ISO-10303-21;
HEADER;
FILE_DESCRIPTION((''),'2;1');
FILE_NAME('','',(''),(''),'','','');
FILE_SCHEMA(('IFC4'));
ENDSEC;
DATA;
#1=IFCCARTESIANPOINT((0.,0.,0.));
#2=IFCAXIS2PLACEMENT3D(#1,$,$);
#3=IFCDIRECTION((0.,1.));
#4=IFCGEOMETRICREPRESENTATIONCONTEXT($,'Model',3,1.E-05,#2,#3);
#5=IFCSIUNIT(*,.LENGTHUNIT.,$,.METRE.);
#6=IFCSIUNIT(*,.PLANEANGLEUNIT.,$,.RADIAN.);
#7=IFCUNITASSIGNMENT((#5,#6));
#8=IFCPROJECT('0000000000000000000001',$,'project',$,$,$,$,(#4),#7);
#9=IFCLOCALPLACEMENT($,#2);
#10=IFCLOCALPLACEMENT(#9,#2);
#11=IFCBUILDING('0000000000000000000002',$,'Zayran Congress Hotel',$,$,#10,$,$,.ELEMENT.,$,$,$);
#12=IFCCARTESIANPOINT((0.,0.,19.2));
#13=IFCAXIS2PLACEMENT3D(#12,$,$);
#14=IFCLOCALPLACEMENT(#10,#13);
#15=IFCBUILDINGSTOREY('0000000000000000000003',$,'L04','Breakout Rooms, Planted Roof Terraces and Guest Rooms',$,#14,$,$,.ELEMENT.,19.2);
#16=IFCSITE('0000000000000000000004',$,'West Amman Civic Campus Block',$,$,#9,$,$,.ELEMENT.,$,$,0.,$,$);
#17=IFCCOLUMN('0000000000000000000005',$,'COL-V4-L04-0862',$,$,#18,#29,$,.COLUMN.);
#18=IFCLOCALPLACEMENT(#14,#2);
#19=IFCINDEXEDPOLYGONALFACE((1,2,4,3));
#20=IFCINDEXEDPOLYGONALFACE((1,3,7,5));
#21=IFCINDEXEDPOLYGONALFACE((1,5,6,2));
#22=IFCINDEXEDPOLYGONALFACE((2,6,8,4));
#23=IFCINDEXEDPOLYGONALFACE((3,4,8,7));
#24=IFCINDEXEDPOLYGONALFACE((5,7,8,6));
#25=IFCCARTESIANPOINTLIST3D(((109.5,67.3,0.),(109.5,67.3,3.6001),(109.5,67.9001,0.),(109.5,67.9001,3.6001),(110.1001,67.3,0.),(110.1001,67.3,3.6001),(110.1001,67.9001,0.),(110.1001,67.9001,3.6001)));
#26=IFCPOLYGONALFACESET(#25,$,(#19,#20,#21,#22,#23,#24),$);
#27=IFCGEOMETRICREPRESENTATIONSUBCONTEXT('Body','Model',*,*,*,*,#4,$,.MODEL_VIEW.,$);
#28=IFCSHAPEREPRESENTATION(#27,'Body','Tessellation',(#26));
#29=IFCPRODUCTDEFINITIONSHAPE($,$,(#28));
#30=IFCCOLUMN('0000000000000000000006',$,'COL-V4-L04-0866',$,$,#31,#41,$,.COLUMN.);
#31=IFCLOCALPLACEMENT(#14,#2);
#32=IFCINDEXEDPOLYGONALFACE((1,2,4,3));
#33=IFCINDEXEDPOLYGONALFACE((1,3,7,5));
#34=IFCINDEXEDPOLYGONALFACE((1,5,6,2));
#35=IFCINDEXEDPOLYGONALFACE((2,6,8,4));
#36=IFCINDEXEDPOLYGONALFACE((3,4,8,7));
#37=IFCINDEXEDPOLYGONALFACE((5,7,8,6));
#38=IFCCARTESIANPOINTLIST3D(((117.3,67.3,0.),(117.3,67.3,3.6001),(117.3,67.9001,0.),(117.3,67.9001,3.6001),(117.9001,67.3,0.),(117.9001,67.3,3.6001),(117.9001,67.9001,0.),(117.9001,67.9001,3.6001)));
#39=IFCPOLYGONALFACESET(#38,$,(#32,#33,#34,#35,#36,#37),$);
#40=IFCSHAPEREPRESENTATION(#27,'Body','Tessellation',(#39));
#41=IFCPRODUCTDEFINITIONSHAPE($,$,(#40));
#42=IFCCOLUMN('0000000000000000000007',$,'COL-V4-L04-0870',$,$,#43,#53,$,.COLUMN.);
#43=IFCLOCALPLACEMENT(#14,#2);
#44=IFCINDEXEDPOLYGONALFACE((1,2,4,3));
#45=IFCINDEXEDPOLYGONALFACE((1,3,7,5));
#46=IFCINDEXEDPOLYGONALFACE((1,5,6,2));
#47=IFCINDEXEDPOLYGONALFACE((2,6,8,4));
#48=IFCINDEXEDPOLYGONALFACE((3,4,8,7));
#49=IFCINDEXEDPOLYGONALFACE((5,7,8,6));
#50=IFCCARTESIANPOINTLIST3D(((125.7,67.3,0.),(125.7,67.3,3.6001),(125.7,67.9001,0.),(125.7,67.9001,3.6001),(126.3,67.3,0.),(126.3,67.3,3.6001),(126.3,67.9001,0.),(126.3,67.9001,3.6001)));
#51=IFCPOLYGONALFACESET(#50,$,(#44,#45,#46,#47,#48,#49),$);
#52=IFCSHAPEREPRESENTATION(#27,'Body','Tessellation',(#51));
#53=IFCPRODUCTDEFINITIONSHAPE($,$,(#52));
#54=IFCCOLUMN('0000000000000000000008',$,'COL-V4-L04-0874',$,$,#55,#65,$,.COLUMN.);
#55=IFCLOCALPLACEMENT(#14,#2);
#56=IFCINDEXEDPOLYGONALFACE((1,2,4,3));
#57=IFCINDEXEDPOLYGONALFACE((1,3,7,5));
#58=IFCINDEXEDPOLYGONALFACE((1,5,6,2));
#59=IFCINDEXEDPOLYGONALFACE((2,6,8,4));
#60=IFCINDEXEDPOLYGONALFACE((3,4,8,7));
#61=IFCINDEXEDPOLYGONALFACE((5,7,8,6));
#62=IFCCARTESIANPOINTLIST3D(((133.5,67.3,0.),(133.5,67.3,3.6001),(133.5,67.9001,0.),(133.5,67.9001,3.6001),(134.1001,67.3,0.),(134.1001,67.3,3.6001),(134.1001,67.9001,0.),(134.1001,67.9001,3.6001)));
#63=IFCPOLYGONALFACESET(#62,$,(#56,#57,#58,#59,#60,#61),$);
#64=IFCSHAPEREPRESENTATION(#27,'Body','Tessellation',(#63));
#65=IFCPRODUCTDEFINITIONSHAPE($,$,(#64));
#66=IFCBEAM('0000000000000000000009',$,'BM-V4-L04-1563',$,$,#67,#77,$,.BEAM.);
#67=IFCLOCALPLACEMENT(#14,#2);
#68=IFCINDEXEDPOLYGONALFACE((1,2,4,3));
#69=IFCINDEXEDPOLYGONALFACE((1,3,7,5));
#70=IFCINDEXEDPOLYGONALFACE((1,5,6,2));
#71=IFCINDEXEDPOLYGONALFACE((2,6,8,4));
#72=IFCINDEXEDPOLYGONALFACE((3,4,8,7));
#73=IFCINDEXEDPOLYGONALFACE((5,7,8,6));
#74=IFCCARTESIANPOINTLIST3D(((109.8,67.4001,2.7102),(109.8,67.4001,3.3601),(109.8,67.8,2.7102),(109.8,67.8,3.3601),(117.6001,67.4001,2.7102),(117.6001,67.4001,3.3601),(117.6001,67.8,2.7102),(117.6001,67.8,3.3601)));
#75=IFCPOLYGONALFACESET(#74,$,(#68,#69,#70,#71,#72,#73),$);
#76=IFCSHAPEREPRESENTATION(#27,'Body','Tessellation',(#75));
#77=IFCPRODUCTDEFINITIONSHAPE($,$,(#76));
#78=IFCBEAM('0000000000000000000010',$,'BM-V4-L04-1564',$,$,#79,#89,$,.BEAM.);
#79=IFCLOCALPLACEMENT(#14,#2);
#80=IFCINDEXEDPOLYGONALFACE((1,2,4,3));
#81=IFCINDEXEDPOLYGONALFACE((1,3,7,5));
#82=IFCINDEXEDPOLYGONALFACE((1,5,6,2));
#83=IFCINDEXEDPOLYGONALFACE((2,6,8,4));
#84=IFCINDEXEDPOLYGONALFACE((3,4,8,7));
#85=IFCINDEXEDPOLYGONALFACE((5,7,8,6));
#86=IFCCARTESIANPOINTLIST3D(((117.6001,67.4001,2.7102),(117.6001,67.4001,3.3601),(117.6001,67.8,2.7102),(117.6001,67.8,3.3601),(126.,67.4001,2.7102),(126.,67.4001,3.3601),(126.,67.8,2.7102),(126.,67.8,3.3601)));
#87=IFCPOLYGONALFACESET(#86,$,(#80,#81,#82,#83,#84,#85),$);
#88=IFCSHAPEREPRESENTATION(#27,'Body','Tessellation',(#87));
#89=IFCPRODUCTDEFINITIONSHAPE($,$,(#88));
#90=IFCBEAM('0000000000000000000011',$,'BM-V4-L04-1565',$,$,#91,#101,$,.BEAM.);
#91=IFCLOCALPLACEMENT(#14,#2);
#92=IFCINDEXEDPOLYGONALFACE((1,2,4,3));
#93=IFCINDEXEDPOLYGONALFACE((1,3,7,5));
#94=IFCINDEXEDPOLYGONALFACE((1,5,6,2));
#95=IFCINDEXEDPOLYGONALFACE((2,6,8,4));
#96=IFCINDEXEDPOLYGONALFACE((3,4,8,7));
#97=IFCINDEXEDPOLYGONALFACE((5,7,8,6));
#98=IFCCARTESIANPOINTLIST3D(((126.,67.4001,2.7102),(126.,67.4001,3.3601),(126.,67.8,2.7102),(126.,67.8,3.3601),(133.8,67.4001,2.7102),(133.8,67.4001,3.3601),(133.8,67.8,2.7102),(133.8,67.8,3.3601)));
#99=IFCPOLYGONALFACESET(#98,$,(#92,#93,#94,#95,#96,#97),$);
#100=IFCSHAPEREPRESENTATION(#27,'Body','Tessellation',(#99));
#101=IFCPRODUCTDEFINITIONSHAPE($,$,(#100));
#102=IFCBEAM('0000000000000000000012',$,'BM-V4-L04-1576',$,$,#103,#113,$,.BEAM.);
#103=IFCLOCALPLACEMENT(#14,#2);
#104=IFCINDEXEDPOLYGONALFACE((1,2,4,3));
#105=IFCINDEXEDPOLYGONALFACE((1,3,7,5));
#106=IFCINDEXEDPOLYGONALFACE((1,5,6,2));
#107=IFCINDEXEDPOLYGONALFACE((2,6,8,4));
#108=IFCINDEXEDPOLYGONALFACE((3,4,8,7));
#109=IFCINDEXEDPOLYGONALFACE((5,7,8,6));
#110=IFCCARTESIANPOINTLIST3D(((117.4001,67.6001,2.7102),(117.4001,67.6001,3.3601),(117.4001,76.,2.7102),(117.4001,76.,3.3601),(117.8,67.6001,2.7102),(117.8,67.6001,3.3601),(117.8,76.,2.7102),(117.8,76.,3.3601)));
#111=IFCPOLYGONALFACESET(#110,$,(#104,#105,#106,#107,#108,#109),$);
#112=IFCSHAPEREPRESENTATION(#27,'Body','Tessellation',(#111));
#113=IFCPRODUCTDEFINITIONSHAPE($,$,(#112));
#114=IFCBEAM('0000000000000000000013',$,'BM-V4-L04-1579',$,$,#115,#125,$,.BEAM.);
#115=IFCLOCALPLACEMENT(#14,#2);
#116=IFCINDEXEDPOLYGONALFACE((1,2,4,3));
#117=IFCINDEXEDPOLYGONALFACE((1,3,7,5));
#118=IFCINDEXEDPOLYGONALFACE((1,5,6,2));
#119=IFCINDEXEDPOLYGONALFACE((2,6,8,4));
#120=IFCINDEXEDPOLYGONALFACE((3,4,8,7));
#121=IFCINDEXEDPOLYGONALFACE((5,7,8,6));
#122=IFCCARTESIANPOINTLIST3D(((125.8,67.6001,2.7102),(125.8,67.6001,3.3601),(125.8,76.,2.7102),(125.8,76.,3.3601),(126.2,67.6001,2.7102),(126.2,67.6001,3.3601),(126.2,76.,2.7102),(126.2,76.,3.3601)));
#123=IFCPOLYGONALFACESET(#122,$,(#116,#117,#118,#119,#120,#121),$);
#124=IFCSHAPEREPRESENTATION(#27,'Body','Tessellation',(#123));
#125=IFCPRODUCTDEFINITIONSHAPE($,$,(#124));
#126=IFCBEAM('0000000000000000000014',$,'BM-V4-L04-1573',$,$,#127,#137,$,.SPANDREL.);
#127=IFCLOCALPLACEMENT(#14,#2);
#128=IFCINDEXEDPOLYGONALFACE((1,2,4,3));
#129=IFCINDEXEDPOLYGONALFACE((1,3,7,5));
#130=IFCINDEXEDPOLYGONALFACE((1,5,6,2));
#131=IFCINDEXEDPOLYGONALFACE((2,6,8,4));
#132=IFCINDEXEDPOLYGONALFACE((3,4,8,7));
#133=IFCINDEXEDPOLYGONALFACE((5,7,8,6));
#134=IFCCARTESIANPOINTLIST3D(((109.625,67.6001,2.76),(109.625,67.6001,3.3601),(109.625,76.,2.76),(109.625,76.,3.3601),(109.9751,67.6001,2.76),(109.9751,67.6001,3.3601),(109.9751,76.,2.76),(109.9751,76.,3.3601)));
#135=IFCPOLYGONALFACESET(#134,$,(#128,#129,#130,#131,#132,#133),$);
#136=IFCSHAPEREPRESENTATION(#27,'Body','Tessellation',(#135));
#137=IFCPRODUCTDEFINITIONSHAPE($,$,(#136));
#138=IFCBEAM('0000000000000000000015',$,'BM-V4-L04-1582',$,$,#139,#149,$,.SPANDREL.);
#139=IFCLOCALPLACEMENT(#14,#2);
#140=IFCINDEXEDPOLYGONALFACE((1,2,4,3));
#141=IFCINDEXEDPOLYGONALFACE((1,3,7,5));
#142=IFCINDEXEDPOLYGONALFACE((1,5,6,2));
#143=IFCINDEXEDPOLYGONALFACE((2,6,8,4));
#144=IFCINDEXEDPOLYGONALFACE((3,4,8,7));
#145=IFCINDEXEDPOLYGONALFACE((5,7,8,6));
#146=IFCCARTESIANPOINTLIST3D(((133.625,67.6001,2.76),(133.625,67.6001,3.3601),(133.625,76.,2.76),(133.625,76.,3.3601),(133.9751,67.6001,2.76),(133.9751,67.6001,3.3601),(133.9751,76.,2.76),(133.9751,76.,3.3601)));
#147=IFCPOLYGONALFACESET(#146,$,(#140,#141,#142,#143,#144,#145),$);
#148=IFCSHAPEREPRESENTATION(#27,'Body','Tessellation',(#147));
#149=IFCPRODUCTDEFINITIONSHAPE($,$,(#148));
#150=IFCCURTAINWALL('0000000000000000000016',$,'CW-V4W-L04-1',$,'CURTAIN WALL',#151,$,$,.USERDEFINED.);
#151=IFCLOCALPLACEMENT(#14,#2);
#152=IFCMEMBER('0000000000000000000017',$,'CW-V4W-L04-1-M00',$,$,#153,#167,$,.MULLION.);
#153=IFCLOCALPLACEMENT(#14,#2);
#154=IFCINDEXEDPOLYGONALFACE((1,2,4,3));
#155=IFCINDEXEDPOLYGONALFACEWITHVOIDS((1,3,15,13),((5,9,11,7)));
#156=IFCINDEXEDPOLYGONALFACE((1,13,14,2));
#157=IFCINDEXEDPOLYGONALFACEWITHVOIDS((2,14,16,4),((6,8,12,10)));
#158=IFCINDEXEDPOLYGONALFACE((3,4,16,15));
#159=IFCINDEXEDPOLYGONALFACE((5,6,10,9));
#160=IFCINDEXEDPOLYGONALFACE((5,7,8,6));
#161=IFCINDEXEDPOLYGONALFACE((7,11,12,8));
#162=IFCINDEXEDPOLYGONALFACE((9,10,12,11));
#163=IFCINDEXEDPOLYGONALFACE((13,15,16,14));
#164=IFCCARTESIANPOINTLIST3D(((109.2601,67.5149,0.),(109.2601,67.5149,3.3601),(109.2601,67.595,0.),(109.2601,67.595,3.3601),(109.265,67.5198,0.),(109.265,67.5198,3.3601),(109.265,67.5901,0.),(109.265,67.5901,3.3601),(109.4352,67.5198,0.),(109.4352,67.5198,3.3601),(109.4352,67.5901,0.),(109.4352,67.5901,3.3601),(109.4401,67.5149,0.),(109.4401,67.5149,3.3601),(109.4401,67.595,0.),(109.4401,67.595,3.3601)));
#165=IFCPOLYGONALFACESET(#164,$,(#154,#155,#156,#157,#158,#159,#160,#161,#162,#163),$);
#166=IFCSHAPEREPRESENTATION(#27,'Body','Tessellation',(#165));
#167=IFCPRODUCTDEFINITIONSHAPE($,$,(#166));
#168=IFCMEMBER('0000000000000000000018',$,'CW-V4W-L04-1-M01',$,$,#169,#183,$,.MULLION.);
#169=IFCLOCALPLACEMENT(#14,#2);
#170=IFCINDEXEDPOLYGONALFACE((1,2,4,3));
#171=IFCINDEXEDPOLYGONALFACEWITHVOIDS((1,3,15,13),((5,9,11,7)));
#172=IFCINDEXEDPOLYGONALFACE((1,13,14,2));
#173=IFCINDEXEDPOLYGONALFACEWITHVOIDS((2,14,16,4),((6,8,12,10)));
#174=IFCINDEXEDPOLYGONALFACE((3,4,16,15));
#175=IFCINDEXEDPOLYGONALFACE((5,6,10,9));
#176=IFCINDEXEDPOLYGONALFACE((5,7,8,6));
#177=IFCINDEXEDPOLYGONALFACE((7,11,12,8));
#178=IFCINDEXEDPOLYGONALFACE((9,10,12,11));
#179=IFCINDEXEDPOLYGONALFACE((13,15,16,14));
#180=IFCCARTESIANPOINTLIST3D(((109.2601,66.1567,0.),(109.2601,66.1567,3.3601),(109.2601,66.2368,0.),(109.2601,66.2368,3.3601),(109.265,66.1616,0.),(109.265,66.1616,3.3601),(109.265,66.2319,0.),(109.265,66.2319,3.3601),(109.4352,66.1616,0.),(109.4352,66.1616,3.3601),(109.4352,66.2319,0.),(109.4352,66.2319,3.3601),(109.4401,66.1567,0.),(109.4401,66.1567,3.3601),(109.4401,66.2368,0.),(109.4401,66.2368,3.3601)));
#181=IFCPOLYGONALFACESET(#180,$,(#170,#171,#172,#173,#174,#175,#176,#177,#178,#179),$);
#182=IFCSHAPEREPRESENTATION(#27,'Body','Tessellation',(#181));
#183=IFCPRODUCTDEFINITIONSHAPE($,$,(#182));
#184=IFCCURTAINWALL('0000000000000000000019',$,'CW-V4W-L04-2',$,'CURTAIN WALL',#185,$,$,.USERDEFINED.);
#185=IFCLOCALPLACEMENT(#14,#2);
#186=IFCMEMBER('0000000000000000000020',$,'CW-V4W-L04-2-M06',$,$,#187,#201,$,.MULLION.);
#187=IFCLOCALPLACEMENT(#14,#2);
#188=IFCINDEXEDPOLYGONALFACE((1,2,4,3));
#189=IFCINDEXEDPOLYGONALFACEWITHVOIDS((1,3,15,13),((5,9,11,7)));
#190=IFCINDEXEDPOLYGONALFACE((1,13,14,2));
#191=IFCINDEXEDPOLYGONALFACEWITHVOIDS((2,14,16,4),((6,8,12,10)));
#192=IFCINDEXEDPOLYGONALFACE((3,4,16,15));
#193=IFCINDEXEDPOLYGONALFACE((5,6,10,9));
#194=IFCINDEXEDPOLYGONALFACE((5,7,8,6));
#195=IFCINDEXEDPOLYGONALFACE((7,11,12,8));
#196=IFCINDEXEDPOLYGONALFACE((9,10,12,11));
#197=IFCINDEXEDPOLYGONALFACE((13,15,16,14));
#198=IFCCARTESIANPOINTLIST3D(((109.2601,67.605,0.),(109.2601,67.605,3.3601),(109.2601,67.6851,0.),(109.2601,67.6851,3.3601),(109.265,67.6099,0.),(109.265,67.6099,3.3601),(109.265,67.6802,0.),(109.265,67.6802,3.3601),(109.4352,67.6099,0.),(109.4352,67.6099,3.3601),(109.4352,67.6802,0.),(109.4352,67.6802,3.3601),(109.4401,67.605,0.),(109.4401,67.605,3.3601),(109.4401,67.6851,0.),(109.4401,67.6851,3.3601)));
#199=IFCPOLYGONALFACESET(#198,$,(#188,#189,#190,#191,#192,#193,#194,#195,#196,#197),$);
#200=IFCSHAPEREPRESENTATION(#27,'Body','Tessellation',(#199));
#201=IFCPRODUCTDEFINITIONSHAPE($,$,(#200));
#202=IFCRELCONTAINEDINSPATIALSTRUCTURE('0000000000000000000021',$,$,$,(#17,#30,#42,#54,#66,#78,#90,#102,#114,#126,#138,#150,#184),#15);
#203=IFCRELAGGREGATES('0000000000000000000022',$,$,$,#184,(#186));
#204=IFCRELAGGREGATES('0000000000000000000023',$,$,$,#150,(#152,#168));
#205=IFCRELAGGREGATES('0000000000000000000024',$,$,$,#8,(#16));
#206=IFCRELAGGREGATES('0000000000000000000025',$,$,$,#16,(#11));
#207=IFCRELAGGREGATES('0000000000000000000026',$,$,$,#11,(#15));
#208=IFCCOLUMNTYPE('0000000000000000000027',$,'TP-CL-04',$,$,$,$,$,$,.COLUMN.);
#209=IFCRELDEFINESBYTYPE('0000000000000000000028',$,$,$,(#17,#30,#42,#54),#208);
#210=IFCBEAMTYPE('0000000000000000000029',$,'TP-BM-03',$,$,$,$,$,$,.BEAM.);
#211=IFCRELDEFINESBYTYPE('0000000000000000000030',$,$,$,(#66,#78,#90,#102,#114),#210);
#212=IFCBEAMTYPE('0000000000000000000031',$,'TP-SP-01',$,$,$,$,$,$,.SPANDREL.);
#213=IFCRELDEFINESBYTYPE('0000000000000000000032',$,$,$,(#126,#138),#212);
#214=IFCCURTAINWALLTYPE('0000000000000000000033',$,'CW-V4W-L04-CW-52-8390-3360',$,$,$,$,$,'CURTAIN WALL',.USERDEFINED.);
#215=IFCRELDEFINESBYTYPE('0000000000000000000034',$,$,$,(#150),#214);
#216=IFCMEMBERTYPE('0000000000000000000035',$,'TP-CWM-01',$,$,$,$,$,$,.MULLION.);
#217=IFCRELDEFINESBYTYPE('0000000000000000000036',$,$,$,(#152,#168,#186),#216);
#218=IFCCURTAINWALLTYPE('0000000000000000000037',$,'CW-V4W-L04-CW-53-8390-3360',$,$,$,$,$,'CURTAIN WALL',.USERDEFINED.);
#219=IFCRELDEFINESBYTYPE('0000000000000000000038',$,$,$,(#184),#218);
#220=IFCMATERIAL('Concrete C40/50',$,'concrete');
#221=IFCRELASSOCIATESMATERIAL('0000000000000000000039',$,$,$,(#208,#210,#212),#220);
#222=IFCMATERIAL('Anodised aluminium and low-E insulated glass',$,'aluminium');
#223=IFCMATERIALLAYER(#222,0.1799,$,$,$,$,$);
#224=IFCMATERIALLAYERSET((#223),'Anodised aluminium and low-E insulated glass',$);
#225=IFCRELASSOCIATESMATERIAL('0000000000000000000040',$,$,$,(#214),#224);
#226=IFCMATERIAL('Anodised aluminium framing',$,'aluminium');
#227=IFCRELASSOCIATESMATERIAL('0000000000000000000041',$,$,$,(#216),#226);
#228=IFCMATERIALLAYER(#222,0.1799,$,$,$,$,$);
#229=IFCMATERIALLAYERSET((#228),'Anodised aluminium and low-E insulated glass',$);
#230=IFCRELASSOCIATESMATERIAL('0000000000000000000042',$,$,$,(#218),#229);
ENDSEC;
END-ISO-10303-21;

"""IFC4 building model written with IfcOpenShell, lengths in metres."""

from ifc_helpers import new_model, si_unit, direction, frame, origin, origin_2d, place, context, subcontext, project, spatial, rectangle, hollow_rectangle, extrude, material, layer, layer_set, material_profile, profile_set, type_object, element, aggregate, save


model = new_model("IFC4")

# Units and contexts
model_context = context("Model", 3, precision=1e-05, world=origin(), true_north=direction((0.0, 1.0)))
body_context = subcontext(model_context, "Body", "Model", "MODEL_VIEW")
ifc_project = project(units=[si_unit("LENGTHUNIT", "METRE"), si_unit("PLANEANGLEUNIT", "RADIAN")], contexts=[model_context])

# Site, building, storey
site_placement = place(None, origin())
site = spatial("IfcSite", under=ifc_project, at=site_placement, Name="West Amman Civic Campus Block", CompositionType="ELEMENT", RefElevation=0.0)
building_placement = place(site_placement, origin())
building = spatial("IfcBuilding", under=site, at=building_placement, Name="Zayran Congress Hotel", CompositionType="ELEMENT")
storey_placement = place(building_placement, frame((0.0, 0.0, 19.2)))
storey = spatial("IfcBuildingStorey", under=building, at=storey_placement, Name="L04", Description="Breakout Rooms, Planted Roof Terraces and Guest Rooms", CompositionType="ELEMENT", Elevation=19.2)

# Columns
ifc_material_1 = material(Name="Concrete C40/50", Category="concrete")
ifc_material_profile_1 = material_profile(ifc_material_1, rectangle(XDim=0.6001, YDim=0.6001, at=origin_2d()), Name="RC 600x600")
ifc_profile_set_1 = profile_set([ifc_material_profile_1], Name="Concrete C40/50")
column_type = type_object("IfcColumnType", Name="TP-CL-04", PredefinedType="COLUMN", material=ifc_profile_set_1)
for number, where, z_axis, x_axis, name in (
    (1, (109.8, 67.6001, 0.0), (0.0, 0.0, 1.0), (1.0, 0.0, 0.0), "COL-V4-L04-0862"),
    (2, (117.6001, 67.6001, 0.0), (0.0, 0.0, 1.0), (1.0, 0.0, 0.0), "COL-V4-L04-0866"),
    (3, (126.0, 67.6001, 0.0), (0.0, 0.0, 1.0), (1.0, 0.0, 0.0), "COL-V4-L04-0870"),
    (4, (133.8, 67.6001, 0.0), (0.0, 0.0, 1.0), (1.0, 0.0, 0.0), "COL-V4-L04-0874"),
):
    element("IfcColumn", number, at=place(storey_placement, frame(where, z_axis=z_axis, x_axis=x_axis)), inside=storey, type_object=column_type, Name=name, PredefinedType="COLUMN", context=body_context, shape_type="SweptSolid", body=[
        extrude(rectangle(XDim=0.6001, YDim=0.6001, at=origin_2d()), origin(), (0.0, 0.0, 1.0), 3.6001),
    ])

# Beams
ifc_material_profile_2 = material_profile(ifc_material_1, rectangle(XDim=0.3999, YDim=0.6499, at=origin_2d()), Name="RC 400x650")
ifc_profile_set_2 = profile_set([ifc_material_profile_2], Name="Concrete C40/50")
beam_type_1 = type_object("IfcBeamType", Name="TP-BM-03", PredefinedType="BEAM", material=ifc_profile_set_2)
beam_1_placement = place(storey_placement, frame((109.8, 67.6001, 3.0352), z_axis=(1.0, 0.0, 0.0), x_axis=(0.0, 1.0, 0.0)))
element("IfcBeam", 5, at=beam_1_placement, inside=storey, type_object=beam_type_1, Name="BM-V4-L04-1563", PredefinedType="BEAM", context=body_context, shape_type="SweptSolid", body=[
    extrude(rectangle(XDim=0.3999, YDim=0.6499, at=origin_2d()), origin(), (0.0, 0.0, 1.0), 7.8),
])
beam_2_placement = place(storey_placement, frame((117.6001, 67.6001, 3.0352), z_axis=(1.0, 0.0, 0.0), x_axis=(0.0, 1.0, 0.0)))
element("IfcBeam", 6, at=beam_2_placement, inside=storey, type_object=beam_type_1, Name="BM-V4-L04-1564", PredefinedType="BEAM", context=body_context, shape_type="SweptSolid", body=[
    extrude(rectangle(XDim=0.3999, YDim=0.6499, at=origin_2d()), origin(), (0.0, 0.0, 1.0), 8.3999),
])
beam_3_placement = place(storey_placement, frame((126.0, 67.6001, 3.0352), z_axis=(1.0, 0.0, 0.0), x_axis=(0.0, 1.0, 0.0)))
element("IfcBeam", 7, at=beam_3_placement, inside=storey, type_object=beam_type_1, Name="BM-V4-L04-1565", PredefinedType="BEAM", context=body_context, shape_type="SweptSolid", body=[
    extrude(rectangle(XDim=0.3999, YDim=0.6499, at=origin_2d()), origin(), (0.0, 0.0, 1.0), 7.8),
])
for number, where, z_axis, x_axis, name in (
    (8, (117.6001, 67.6001, 3.0352), (0.0, 1.0, 0.0), (-1.0, 0.0, 0.0), "BM-V4-L04-1576"),
    (9, (126.0, 67.6001, 3.0352), (0.0, 1.0, 0.0), (-1.0, 0.0, 0.0), "BM-V4-L04-1579"),
):
    element("IfcBeam", number, at=place(storey_placement, frame(where, z_axis=z_axis, x_axis=x_axis)), inside=storey, type_object=beam_type_1, Name=name, PredefinedType="BEAM", context=body_context, shape_type="SweptSolid", body=[
        extrude(rectangle(XDim=0.3999, YDim=0.6499, at=origin_2d()), origin(), (0.0, 0.0, 1.0), 8.3999),
    ])
ifc_material_profile_3 = material_profile(ifc_material_1, rectangle(XDim=0.3501, YDim=0.6001, at=origin_2d()), Name="RC 350x600")
ifc_profile_set_3 = profile_set([ifc_material_profile_3], Name="Concrete C40/50")
beam_type_2 = type_object("IfcBeamType", Name="TP-SP-01", PredefinedType="SPANDREL", material=ifc_profile_set_3)
for number, where, z_axis, x_axis, name in (
    (10, (109.8, 67.6001, 3.0601), (0.0, 1.0, 0.0), (-1.0, 0.0, 0.0), "BM-V4-L04-1573"),
    (11, (133.8, 67.6001, 3.0601), (0.0, 1.0, 0.0), (-1.0, 0.0, 0.0), "BM-V4-L04-1582"),
):
    element("IfcBeam", number, at=place(storey_placement, frame(where, z_axis=z_axis, x_axis=x_axis)), inside=storey, type_object=beam_type_2, Name=name, PredefinedType="SPANDREL", context=body_context, shape_type="SweptSolid", body=[
        extrude(rectangle(XDim=0.3501, YDim=0.6001, at=origin_2d()), origin(), (0.0, 0.0, 1.0), 8.3999),
    ])

# Curtain wall, members
ifc_material_2 = material(Name="Anodised aluminium and low-E insulated glass", Category="aluminium")
ifc_layer_1 = layer(ifc_material_2, 0.1799)
ifc_layer_set_1 = layer_set([ifc_layer_1], Name="Anodised aluminium and low-E insulated glass")
curtain_wall_type_1 = type_object("IfcCurtainWallType", Name="CW-V4W-L04-CW-52-8390-3360", ElementType="CURTAIN WALL", PredefinedType="USERDEFINED", material=ifc_layer_set_1)
curtain_wall_1_placement = place(storey_placement, origin())
curtain_wall_1 = element("IfcCurtainWall", 12, at=curtain_wall_1_placement, inside=storey, type_object=curtain_wall_type_1, Name="CW-V4W-L04-1", ObjectType="CURTAIN WALL", PredefinedType="USERDEFINED")
ifc_material_3 = material(Name="Anodised aluminium framing", Category="aluminium")
ifc_material_profile_4 = material_profile(ifc_material_3, hollow_rectangle(XDim=0.0801, YDim=0.1799, WallThickness=0.0049, at=origin_2d()), Name="RHS 180x80x5")
ifc_profile_set_4 = profile_set([ifc_material_profile_4], Name="Anodised aluminium framing")
member_type_1 = type_object("IfcMemberType", Name="TP-CWM-01", PredefinedType="MULLION", material=ifc_profile_set_4)
member_1_placement = place(storey_placement, frame((109.3501, 67.5549, 0.0), z_axis=(0.0, 0.0, 1.0), x_axis=(0.0, 1.0, 0.0)))
member_1 = element("IfcMember", 13, at=member_1_placement, type_object=member_type_1, Name="CW-V4W-L04-1-M00", PredefinedType="MULLION", context=body_context, shape_type="SweptSolid", body=[
    extrude(hollow_rectangle(XDim=0.0801, YDim=0.1799, WallThickness=0.0049, at=origin_2d()), origin(), (0.0, 0.0, 1.0), 3.3601),
])
member_2_placement = place(storey_placement, frame((109.3501, 66.1968, 0.0), z_axis=(0.0, 0.0, 1.0), x_axis=(0.0, 1.0, 0.0)))
member_2 = element("IfcMember", 14, at=member_2_placement, type_object=member_type_1, Name="CW-V4W-L04-1-M01", PredefinedType="MULLION", context=body_context, shape_type="SweptSolid", body=[
    extrude(hollow_rectangle(XDim=0.0801, YDim=0.1799, WallThickness=0.0049, at=origin_2d()), origin(), (0.0, 0.0, 1.0), 3.3601),
])

# Curtain wall, member
ifc_layer_2 = layer(ifc_material_2, 0.1799)
ifc_layer_set_2 = layer_set([ifc_layer_2], Name="Anodised aluminium and low-E insulated glass")
curtain_wall_type_2 = type_object("IfcCurtainWallType", Name="CW-V4W-L04-CW-53-8390-3360", ElementType="CURTAIN WALL", PredefinedType="USERDEFINED", material=ifc_layer_set_2)
curtain_wall_2_placement = place(storey_placement, origin())
curtain_wall_2 = element("IfcCurtainWall", 15, at=curtain_wall_2_placement, inside=storey, type_object=curtain_wall_type_2, Name="CW-V4W-L04-2", ObjectType="CURTAIN WALL", PredefinedType="USERDEFINED")
member_3_placement = place(storey_placement, frame((109.3501, 67.645, 0.0), z_axis=(0.0, 0.0, 1.0), x_axis=(0.0, 1.0, 0.0)))
member_3 = element("IfcMember", 16, at=member_3_placement, type_object=member_type_1, Name="CW-V4W-L04-2-M06", PredefinedType="MULLION", context=body_context, shape_type="SweptSolid", body=[
    extrude(hollow_rectangle(XDim=0.0801, YDim=0.1799, WallThickness=0.0049, at=origin_2d()), origin(), (0.0, 0.0, 1.0), 3.3601),
])
aggregate(curtain_wall_2, [member_3])

aggregate(curtain_wall_1, [member_1, member_2])

save(model, "model.ifc")
